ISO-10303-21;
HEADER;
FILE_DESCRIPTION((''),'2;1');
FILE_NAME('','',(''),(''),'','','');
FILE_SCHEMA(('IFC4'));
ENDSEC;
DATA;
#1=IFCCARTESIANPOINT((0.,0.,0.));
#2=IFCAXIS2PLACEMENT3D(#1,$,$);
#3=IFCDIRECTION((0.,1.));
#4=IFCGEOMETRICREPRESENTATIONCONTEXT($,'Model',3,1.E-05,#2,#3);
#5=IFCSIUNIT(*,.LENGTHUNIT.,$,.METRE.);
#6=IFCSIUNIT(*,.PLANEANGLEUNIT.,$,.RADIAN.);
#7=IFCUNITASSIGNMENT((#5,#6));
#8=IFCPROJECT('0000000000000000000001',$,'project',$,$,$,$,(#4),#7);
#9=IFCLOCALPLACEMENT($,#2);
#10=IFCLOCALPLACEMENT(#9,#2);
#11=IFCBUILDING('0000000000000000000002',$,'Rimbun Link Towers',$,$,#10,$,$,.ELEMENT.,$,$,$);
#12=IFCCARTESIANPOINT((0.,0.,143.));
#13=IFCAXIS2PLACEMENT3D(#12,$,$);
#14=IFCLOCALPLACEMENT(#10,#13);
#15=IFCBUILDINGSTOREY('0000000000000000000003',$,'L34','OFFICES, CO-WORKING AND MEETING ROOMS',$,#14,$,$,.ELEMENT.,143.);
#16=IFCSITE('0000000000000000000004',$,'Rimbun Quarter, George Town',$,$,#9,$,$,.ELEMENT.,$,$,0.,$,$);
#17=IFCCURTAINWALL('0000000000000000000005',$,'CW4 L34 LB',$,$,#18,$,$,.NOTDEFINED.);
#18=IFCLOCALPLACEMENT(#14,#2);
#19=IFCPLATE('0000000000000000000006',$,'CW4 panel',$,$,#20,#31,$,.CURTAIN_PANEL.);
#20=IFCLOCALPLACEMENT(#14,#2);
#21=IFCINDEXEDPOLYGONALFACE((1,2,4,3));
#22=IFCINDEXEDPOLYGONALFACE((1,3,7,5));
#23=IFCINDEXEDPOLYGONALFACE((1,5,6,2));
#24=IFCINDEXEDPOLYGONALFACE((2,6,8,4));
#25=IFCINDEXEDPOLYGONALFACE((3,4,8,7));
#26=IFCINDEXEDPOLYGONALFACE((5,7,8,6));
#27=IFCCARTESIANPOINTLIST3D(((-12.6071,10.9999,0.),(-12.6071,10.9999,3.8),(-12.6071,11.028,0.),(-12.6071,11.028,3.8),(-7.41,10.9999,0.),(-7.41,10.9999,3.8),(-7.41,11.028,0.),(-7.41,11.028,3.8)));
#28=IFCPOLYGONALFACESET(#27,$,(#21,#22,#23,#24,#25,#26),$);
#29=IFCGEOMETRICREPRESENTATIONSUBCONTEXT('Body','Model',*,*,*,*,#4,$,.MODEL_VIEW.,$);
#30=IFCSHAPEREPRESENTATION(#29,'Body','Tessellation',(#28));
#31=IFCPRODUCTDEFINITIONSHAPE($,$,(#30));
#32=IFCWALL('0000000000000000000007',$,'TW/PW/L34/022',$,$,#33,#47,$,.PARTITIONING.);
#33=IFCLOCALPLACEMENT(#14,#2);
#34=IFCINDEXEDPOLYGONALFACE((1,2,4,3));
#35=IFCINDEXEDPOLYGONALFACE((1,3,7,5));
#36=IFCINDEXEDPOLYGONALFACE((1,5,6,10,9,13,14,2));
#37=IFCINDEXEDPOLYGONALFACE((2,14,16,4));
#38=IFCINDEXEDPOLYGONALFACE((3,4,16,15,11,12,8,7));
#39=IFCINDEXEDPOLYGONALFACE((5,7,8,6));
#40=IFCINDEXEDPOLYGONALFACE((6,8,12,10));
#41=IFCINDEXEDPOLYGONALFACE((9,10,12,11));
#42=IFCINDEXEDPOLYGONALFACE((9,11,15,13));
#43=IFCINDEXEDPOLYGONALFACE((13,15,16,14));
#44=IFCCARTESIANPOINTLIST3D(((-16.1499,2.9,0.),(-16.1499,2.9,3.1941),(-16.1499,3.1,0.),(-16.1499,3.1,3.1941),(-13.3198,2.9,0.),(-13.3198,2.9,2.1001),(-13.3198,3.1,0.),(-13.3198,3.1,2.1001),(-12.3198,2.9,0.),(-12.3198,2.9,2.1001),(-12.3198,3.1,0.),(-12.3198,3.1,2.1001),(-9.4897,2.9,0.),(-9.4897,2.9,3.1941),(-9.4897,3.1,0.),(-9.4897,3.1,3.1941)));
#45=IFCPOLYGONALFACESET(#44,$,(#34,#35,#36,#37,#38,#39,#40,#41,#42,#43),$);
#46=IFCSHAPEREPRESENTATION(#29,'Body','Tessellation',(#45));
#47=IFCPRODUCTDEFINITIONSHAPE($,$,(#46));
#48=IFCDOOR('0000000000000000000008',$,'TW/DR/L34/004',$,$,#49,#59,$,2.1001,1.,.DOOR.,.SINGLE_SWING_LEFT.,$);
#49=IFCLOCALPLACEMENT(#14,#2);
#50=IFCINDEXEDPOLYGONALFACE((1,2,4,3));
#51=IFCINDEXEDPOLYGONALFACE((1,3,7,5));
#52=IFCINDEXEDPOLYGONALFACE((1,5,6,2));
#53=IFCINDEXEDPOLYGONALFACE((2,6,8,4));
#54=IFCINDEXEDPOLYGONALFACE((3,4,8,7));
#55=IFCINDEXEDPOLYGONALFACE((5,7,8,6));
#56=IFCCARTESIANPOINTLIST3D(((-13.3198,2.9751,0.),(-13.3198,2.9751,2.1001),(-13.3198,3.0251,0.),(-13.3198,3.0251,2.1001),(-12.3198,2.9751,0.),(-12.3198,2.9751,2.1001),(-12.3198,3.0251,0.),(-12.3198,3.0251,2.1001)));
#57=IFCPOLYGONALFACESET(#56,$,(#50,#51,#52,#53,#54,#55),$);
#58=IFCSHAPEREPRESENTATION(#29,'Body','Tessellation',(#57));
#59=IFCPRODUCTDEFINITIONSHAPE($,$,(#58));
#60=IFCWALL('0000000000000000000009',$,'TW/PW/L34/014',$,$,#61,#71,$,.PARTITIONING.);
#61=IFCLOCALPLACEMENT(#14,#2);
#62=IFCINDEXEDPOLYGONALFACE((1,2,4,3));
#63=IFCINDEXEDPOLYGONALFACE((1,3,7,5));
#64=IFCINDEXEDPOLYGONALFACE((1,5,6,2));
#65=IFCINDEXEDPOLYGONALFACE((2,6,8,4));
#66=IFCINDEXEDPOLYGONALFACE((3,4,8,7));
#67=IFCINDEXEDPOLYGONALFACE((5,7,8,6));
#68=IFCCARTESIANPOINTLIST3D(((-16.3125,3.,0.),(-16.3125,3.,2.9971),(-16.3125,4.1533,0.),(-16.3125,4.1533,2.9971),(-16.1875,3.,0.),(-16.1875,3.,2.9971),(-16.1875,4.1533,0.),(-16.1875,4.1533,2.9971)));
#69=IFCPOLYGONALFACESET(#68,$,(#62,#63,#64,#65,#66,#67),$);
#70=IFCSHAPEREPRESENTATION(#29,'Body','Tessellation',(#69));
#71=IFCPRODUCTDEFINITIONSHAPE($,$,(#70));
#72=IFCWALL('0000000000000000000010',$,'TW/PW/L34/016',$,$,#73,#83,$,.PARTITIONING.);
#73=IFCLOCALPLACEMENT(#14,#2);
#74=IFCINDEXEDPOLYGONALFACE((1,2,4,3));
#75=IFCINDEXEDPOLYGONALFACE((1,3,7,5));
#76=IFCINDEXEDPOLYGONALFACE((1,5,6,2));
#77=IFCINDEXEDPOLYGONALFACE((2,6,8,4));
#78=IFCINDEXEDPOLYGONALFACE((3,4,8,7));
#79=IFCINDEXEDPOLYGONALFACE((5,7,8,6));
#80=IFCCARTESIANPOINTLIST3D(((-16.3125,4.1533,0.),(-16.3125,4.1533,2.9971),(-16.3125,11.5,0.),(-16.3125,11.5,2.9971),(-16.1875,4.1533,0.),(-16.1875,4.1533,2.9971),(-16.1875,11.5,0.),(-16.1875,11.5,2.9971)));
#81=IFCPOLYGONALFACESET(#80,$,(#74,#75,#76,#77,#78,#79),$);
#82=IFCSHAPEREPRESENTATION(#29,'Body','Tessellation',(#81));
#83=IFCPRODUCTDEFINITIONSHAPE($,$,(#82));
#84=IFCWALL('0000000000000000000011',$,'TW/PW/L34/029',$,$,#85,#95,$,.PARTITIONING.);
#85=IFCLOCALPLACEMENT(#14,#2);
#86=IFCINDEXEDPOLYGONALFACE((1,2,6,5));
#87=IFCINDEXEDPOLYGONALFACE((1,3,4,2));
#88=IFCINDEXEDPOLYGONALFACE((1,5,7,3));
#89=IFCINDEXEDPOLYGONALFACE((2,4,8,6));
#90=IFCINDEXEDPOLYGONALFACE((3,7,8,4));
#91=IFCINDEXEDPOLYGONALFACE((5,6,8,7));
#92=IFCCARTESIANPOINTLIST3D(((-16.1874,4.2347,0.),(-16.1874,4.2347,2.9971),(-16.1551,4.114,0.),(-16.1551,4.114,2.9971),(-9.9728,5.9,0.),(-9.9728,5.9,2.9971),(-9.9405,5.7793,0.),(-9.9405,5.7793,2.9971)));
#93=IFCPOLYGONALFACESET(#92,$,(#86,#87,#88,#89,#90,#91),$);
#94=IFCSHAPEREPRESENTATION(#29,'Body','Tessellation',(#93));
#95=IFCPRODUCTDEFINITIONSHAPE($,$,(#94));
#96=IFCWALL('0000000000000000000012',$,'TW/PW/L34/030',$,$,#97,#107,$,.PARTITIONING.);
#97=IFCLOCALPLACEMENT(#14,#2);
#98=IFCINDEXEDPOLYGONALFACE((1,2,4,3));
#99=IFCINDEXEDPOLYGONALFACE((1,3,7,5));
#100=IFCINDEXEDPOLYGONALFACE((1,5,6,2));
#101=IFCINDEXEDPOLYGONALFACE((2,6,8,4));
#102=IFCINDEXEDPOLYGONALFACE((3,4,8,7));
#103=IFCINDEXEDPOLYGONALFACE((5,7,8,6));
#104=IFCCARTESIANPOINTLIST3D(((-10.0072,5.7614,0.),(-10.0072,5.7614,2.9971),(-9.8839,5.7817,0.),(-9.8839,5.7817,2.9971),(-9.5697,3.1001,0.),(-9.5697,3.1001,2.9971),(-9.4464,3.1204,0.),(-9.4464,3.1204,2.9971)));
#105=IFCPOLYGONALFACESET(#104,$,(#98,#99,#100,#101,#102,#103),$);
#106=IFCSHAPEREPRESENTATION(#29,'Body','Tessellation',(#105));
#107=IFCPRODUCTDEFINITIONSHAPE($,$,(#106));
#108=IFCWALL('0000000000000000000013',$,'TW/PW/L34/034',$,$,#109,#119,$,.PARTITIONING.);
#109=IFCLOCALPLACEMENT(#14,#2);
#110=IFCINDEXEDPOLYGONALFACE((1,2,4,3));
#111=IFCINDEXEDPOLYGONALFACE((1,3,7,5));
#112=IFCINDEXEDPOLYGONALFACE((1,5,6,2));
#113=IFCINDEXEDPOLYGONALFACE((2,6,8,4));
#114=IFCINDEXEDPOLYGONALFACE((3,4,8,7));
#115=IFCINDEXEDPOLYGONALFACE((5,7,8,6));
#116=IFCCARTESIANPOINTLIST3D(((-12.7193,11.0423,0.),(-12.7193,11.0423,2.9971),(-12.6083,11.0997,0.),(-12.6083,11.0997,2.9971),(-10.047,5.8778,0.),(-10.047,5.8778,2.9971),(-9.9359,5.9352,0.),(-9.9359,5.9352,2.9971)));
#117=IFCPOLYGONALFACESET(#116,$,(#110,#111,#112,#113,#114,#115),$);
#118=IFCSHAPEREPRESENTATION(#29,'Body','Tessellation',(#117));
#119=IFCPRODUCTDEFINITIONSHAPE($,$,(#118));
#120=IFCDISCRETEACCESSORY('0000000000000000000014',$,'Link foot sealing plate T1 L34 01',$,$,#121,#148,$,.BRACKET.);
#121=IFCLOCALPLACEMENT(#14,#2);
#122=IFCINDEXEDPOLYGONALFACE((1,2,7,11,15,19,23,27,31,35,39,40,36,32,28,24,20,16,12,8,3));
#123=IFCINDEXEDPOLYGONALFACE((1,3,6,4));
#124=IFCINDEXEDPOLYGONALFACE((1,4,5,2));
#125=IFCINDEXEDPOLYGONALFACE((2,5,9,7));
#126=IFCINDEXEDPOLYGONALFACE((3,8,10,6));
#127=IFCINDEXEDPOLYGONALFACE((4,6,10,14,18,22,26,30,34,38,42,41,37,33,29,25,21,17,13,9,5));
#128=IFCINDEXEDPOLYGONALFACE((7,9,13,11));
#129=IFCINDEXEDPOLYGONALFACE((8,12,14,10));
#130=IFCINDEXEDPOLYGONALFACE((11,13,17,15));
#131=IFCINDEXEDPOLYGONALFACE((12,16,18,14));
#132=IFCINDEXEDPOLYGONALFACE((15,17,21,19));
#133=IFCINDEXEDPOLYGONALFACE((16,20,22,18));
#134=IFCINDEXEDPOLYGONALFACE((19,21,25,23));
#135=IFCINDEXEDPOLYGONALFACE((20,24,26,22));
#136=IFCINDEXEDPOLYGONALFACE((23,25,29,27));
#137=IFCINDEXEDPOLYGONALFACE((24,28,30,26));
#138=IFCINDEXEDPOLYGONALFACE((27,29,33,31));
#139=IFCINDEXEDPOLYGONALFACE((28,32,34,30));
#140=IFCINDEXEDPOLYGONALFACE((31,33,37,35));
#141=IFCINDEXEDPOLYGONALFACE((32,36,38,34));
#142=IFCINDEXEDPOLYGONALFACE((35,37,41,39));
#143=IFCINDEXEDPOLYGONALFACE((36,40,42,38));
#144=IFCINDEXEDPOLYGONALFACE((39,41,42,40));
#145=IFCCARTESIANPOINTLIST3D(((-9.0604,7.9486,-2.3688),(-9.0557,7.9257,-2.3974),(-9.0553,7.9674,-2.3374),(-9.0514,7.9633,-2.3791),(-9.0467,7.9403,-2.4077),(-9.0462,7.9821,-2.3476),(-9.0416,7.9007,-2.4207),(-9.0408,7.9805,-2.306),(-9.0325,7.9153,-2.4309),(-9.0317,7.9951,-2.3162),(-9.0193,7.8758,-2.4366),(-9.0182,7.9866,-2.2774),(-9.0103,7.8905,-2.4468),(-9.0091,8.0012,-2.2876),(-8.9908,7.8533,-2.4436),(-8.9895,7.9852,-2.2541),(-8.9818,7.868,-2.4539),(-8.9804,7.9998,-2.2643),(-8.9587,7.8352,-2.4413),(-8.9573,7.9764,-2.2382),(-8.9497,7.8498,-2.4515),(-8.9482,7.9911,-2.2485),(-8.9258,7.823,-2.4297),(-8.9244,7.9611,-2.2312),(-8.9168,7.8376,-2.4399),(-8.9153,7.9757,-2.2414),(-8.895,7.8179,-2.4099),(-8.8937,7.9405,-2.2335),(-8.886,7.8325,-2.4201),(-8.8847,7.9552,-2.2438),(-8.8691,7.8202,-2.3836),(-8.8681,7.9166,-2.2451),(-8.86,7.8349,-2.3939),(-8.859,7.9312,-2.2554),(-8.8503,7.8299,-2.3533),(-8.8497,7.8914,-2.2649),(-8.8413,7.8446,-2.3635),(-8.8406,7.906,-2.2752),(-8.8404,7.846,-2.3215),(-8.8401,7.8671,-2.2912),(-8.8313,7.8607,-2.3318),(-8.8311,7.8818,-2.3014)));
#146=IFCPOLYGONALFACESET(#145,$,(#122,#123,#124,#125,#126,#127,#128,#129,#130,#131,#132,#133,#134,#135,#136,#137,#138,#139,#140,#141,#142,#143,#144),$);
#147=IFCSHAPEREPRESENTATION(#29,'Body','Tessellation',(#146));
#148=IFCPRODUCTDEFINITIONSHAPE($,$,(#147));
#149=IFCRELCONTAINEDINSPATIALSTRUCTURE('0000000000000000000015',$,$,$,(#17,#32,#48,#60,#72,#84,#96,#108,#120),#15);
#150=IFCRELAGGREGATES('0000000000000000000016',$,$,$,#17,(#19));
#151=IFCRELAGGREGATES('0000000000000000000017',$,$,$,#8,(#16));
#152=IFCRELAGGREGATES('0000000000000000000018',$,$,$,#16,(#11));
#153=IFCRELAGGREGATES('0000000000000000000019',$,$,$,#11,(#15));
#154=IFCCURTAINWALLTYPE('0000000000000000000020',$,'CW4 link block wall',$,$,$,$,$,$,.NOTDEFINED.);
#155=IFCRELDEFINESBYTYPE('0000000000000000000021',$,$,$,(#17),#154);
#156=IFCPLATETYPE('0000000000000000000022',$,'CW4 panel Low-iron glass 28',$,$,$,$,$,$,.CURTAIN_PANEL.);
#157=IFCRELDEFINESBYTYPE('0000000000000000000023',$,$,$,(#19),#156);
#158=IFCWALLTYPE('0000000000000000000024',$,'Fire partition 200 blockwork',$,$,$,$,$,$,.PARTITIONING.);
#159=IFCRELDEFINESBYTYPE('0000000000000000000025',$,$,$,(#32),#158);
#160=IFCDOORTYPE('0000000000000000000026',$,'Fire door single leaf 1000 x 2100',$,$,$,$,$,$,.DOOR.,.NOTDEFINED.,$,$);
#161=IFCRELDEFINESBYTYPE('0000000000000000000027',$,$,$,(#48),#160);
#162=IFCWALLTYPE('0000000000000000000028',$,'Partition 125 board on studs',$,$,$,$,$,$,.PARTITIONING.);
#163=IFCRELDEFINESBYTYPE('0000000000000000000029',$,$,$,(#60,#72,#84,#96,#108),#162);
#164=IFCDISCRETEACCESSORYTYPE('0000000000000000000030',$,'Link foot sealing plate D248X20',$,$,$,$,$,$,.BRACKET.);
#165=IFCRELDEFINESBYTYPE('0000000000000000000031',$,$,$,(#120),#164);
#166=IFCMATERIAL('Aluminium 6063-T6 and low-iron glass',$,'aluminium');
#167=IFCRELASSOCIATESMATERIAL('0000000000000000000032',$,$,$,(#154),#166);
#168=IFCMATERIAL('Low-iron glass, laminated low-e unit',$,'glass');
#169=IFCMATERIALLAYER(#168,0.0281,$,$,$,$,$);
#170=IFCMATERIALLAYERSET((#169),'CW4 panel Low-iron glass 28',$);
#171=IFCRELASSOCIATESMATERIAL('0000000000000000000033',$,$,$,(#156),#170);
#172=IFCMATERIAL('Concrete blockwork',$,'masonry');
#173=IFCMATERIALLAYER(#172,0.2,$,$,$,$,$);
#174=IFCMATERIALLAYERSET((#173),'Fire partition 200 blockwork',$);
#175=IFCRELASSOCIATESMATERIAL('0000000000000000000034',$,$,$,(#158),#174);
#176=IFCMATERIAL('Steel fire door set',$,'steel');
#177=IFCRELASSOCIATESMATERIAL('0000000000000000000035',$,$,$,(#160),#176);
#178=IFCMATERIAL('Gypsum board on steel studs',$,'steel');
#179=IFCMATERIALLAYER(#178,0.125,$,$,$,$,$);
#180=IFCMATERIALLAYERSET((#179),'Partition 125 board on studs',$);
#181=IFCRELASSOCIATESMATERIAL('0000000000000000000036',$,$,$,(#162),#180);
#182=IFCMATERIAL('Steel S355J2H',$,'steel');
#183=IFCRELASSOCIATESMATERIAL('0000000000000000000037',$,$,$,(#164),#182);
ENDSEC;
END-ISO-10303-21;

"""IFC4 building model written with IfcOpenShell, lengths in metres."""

from ifc_helpers import new_model, si_unit, direction, frame, frame_2d, origin, origin_2d, place, context, subcontext, project, spatial, rectangle, circle, extrude, material, layer, layer_set, material_profile, profile_set, type_object, element, fill, aggregate, save


model = new_model("IFC4")

# Units and contexts
model_context = context("Model", 3, precision=1e-05, world=origin(), true_north=direction((0.0, 1.0)))
body_context = subcontext(model_context, "Body", "Model", "MODEL_VIEW")
ifc_project = project(units=[si_unit("LENGTHUNIT", "METRE"), si_unit("PLANEANGLEUNIT", "RADIAN")], contexts=[model_context])

# Site, building, storey
site_placement = place(None, origin())
site = spatial("IfcSite", under=ifc_project, at=site_placement, Name="Rimbun Quarter, George Town", CompositionType="ELEMENT", RefElevation=0.0)
building_placement = place(site_placement, origin())
building = spatial("IfcBuilding", under=site, at=building_placement, Name="Rimbun Link Towers", CompositionType="ELEMENT")
storey_placement = place(building_placement, frame((0.0, 0.0, 143.0)))
storey = spatial("IfcBuildingStorey", under=building, at=storey_placement, Name="L34", Description="OFFICES, CO-WORKING AND MEETING ROOMS", CompositionType="ELEMENT", Elevation=143.0)

# Curtain wall
ifc_material_1 = material(Name="Aluminium 6063-T6 and low-iron glass", Category="aluminium")
curtain_wall_type = type_object("IfcCurtainWallType", Name="CW4 link block wall", PredefinedType="NOTDEFINED", material=ifc_material_1)
curtain_wall_placement = place(storey_placement, origin())
curtain_wall = element("IfcCurtainWall", 1, at=curtain_wall_placement, inside=storey, type_object=curtain_wall_type, Name="CW4 L34 LB", PredefinedType="NOTDEFINED")

# Plate
ifc_material_2 = material(Name="Low-iron glass, laminated low-e unit", Category="glass")
ifc_layer_1 = layer(ifc_material_2, 0.0281)
ifc_layer_set_1 = layer_set([ifc_layer_1], Name="CW4 panel Low-iron glass 28")
plate_type = type_object("IfcPlateType", Name="CW4 panel Low-iron glass 28", PredefinedType="CURTAIN_PANEL", material=ifc_layer_set_1)
plate_placement = place(storey_placement, frame((-10.0085, 11.0139, 0.0), z_axis=(0.0, 0.0, 1.0), x_axis=(1.0, 0.0, 0.0)))
plate = element("IfcPlate", 2, at=plate_placement, type_object=plate_type, Name="CW4 panel", PredefinedType="CURTAIN_PANEL", context=body_context, shape_type="SweptSolid", body=[
    extrude(rectangle(XDim=5.197, YDim=0.0281, at=origin_2d()), origin(), (0.0, 0.0, 1.0), 3.8),
])
aggregate(curtain_wall, [plate])

# Wall, opening, door
ifc_material_3 = material(Name="Concrete blockwork", Category="masonry")
ifc_layer_2 = layer(ifc_material_3, 0.2)
ifc_layer_set_2 = layer_set([ifc_layer_2], Name="Fire partition 200 blockwork")
wall_type_1 = type_object("IfcWallType", Name="Fire partition 200 blockwork", PredefinedType="PARTITIONING", material=ifc_layer_set_2)
wall_1_placement = place(storey_placement, frame((-9.4897, 3.0, 0.0), z_axis=(0.0, 0.0, 1.0), x_axis=(-1.0, 0.0, 0.0)))
wall_1 = element("IfcWall", 3, at=wall_1_placement, inside=storey, type_object=wall_type_1, Name="TW/PW/L34/022", PredefinedType="PARTITIONING", context=body_context, shape_type="SweptSolid", body=[
    extrude(rectangle(XDim=6.6602, YDim=0.2, at=frame_2d((3.3301, 0.0))), origin(), (0.0, 0.0, 1.0), 3.1941),
])
opening_placement = place(wall_1_placement, frame((2.8301, 0.0, 0.0)))
opening = element("IfcOpeningElement", 4, at=opening_placement, cuts=wall_1, PredefinedType="OPENING", context=body_context, shape_type="SweptSolid", body=[
    extrude(rectangle(XDim=1.0, YDim=2.1001, at=frame_2d((0.5, 1.05))), frame((0.0, 0.1099, 0.0), z_axis=(0.0, -1.0, 0.0), x_axis=(1.0, 0.0, 0.0)), (0.0, 0.0, 1.0), 0.22),
])
ifc_material_4 = material(Name="Steel fire door set", Category="steel")
door_type = type_object("IfcDoorType", Name="Fire door single leaf 1000 x 2100", OperationType="NOTDEFINED", PredefinedType="DOOR", material=ifc_material_4)
door_placement = place(opening_placement, origin())
door = element("IfcDoor", 5, at=door_placement, inside=storey, type_object=door_type, Name="TW/DR/L34/004", OperationType="SINGLE_SWING_LEFT", OverallHeight=2.1001, OverallWidth=1.0, PredefinedType="DOOR", context=body_context, shape_type="SweptSolid", body=[
    extrude(rectangle(XDim=1.0, YDim=2.1001, at=frame_2d((0.5, 1.05))), frame((0.0, 0.0249, 0.0), z_axis=(0.0, -1.0, 0.0), x_axis=(1.0, 0.0, 0.0)), (0.0, 0.0, 1.0), 0.05),
])
fill(opening, door)

# Walls
ifc_material_5 = material(Name="Gypsum board on steel studs", Category="steel")
ifc_layer_3 = layer(ifc_material_5, 0.125)
ifc_layer_set_3 = layer_set([ifc_layer_3], Name="Partition 125 board on studs")
wall_type_2 = type_object("IfcWallType", Name="Partition 125 board on studs", PredefinedType="PARTITIONING", material=ifc_layer_set_3)
wall_2_placement = place(storey_placement, frame((-16.25, 3.0, 0.0), z_axis=(0.0, 0.0, 1.0), x_axis=(0.0, 1.0, 0.0)))
element("IfcWall", 6, at=wall_2_placement, inside=storey, type_object=wall_type_2, Name="TW/PW/L34/014", PredefinedType="PARTITIONING", context=body_context, shape_type="SweptSolid", body=[
    extrude(rectangle(XDim=1.1533, YDim=0.125, at=frame_2d((0.5767, 0.0))), origin(), (0.0, 0.0, 1.0), 2.9971),
])
wall_3_placement = place(storey_placement, frame((-16.25, 4.1533, 0.0), z_axis=(0.0, 0.0, 1.0), x_axis=(0.0, 1.0, 0.0)))
element("IfcWall", 7, at=wall_3_placement, inside=storey, type_object=wall_type_2, Name="TW/PW/L34/016", PredefinedType="PARTITIONING", context=body_context, shape_type="SweptSolid", body=[
    extrude(rectangle(XDim=7.3467, YDim=0.125, at=frame_2d((3.6733, 0.0))), origin(), (0.0, 0.0, 1.0), 2.9971),
])
wall_4_placement = place(storey_placement, frame((-9.9568, 5.8396, 0.0), z_axis=(0.0, 0.0, 1.0), x_axis=(-0.965922, -0.258832, 0.0)))
element("IfcWall", 8, at=wall_4_placement, inside=storey, type_object=wall_type_2, Name="TW/PW/L34/029", PredefinedType="PARTITIONING", context=body_context, shape_type="SweptSolid", body=[
    extrude(rectangle(XDim=6.4338, YDim=0.125, at=frame_2d((3.2168, 0.0))), origin(), (0.0, 0.0, 1.0), 2.9971),
])
wall_5_placement = place(storey_placement, frame((-9.5081, 3.1101, 0.0), z_axis=(0.0, 0.0, 1.0), x_axis=(-0.162211, 0.986756, 0.0)))
element("IfcWall", 9, at=wall_5_placement, inside=storey, type_object=wall_type_2, Name="TW/PW/L34/030", PredefinedType="PARTITIONING", context=body_context, shape_type="SweptSolid", body=[
    extrude(rectangle(XDim=2.697, YDim=0.125, at=frame_2d((1.3486, 0.0))), origin(), (0.0, 0.0, 1.0), 2.9971),
])
wall_6_placement = place(storey_placement, frame((-9.9915, 5.9065, 0.0), z_axis=(0.0, 0.0, 1.0), x_axis=(-0.459565, 0.888144, 0.0)))
element("IfcWall", 10, at=wall_6_placement, inside=storey, type_object=wall_type_2, Name="TW/PW/L34/034", PredefinedType="PARTITIONING", context=body_context, shape_type="SweptSolid", body=[
    extrude(rectangle(XDim=5.8149, YDim=0.125, at=frame_2d((2.9075, 0.0))), origin(), (0.0, 0.0, 1.0), 2.9971),
])

# Discrete accessory
ifc_material_6 = material(Name="Steel S355J2H", Category="steel")
ifc_material_profile_1 = material_profile(ifc_material_6, circle(Radius=0.124, at=origin_2d()), Name="PL D248")
ifc_profile_set_1 = profile_set([ifc_material_profile_1], Name="Steel S355J2H")
discrete_accessory_type = type_object("IfcDiscreteAccessoryType", Name="Link foot sealing plate D248X20", PredefinedType="BRACKET", material=ifc_profile_set_1)
discrete_accessory_placement = place(storey_placement, frame((-8.9497, 7.9023, -2.3374), z_axis=(0.450918, 0.731218, -0.511853), x_axis=(-0.851171, 0.524889, 0.0)))
element("IfcDiscreteAccessory", 11, at=discrete_accessory_placement, inside=storey, type_object=discrete_accessory_type, Name="Link foot sealing plate T1 L34 01", PredefinedType="BRACKET", context=body_context, shape_type="SweptSolid", body=[
    extrude(circle(Radius=0.124, at=origin_2d()), origin(), (0.0, 0.0, 1.0), 0.02),
])

save(model, "model.ifc")
